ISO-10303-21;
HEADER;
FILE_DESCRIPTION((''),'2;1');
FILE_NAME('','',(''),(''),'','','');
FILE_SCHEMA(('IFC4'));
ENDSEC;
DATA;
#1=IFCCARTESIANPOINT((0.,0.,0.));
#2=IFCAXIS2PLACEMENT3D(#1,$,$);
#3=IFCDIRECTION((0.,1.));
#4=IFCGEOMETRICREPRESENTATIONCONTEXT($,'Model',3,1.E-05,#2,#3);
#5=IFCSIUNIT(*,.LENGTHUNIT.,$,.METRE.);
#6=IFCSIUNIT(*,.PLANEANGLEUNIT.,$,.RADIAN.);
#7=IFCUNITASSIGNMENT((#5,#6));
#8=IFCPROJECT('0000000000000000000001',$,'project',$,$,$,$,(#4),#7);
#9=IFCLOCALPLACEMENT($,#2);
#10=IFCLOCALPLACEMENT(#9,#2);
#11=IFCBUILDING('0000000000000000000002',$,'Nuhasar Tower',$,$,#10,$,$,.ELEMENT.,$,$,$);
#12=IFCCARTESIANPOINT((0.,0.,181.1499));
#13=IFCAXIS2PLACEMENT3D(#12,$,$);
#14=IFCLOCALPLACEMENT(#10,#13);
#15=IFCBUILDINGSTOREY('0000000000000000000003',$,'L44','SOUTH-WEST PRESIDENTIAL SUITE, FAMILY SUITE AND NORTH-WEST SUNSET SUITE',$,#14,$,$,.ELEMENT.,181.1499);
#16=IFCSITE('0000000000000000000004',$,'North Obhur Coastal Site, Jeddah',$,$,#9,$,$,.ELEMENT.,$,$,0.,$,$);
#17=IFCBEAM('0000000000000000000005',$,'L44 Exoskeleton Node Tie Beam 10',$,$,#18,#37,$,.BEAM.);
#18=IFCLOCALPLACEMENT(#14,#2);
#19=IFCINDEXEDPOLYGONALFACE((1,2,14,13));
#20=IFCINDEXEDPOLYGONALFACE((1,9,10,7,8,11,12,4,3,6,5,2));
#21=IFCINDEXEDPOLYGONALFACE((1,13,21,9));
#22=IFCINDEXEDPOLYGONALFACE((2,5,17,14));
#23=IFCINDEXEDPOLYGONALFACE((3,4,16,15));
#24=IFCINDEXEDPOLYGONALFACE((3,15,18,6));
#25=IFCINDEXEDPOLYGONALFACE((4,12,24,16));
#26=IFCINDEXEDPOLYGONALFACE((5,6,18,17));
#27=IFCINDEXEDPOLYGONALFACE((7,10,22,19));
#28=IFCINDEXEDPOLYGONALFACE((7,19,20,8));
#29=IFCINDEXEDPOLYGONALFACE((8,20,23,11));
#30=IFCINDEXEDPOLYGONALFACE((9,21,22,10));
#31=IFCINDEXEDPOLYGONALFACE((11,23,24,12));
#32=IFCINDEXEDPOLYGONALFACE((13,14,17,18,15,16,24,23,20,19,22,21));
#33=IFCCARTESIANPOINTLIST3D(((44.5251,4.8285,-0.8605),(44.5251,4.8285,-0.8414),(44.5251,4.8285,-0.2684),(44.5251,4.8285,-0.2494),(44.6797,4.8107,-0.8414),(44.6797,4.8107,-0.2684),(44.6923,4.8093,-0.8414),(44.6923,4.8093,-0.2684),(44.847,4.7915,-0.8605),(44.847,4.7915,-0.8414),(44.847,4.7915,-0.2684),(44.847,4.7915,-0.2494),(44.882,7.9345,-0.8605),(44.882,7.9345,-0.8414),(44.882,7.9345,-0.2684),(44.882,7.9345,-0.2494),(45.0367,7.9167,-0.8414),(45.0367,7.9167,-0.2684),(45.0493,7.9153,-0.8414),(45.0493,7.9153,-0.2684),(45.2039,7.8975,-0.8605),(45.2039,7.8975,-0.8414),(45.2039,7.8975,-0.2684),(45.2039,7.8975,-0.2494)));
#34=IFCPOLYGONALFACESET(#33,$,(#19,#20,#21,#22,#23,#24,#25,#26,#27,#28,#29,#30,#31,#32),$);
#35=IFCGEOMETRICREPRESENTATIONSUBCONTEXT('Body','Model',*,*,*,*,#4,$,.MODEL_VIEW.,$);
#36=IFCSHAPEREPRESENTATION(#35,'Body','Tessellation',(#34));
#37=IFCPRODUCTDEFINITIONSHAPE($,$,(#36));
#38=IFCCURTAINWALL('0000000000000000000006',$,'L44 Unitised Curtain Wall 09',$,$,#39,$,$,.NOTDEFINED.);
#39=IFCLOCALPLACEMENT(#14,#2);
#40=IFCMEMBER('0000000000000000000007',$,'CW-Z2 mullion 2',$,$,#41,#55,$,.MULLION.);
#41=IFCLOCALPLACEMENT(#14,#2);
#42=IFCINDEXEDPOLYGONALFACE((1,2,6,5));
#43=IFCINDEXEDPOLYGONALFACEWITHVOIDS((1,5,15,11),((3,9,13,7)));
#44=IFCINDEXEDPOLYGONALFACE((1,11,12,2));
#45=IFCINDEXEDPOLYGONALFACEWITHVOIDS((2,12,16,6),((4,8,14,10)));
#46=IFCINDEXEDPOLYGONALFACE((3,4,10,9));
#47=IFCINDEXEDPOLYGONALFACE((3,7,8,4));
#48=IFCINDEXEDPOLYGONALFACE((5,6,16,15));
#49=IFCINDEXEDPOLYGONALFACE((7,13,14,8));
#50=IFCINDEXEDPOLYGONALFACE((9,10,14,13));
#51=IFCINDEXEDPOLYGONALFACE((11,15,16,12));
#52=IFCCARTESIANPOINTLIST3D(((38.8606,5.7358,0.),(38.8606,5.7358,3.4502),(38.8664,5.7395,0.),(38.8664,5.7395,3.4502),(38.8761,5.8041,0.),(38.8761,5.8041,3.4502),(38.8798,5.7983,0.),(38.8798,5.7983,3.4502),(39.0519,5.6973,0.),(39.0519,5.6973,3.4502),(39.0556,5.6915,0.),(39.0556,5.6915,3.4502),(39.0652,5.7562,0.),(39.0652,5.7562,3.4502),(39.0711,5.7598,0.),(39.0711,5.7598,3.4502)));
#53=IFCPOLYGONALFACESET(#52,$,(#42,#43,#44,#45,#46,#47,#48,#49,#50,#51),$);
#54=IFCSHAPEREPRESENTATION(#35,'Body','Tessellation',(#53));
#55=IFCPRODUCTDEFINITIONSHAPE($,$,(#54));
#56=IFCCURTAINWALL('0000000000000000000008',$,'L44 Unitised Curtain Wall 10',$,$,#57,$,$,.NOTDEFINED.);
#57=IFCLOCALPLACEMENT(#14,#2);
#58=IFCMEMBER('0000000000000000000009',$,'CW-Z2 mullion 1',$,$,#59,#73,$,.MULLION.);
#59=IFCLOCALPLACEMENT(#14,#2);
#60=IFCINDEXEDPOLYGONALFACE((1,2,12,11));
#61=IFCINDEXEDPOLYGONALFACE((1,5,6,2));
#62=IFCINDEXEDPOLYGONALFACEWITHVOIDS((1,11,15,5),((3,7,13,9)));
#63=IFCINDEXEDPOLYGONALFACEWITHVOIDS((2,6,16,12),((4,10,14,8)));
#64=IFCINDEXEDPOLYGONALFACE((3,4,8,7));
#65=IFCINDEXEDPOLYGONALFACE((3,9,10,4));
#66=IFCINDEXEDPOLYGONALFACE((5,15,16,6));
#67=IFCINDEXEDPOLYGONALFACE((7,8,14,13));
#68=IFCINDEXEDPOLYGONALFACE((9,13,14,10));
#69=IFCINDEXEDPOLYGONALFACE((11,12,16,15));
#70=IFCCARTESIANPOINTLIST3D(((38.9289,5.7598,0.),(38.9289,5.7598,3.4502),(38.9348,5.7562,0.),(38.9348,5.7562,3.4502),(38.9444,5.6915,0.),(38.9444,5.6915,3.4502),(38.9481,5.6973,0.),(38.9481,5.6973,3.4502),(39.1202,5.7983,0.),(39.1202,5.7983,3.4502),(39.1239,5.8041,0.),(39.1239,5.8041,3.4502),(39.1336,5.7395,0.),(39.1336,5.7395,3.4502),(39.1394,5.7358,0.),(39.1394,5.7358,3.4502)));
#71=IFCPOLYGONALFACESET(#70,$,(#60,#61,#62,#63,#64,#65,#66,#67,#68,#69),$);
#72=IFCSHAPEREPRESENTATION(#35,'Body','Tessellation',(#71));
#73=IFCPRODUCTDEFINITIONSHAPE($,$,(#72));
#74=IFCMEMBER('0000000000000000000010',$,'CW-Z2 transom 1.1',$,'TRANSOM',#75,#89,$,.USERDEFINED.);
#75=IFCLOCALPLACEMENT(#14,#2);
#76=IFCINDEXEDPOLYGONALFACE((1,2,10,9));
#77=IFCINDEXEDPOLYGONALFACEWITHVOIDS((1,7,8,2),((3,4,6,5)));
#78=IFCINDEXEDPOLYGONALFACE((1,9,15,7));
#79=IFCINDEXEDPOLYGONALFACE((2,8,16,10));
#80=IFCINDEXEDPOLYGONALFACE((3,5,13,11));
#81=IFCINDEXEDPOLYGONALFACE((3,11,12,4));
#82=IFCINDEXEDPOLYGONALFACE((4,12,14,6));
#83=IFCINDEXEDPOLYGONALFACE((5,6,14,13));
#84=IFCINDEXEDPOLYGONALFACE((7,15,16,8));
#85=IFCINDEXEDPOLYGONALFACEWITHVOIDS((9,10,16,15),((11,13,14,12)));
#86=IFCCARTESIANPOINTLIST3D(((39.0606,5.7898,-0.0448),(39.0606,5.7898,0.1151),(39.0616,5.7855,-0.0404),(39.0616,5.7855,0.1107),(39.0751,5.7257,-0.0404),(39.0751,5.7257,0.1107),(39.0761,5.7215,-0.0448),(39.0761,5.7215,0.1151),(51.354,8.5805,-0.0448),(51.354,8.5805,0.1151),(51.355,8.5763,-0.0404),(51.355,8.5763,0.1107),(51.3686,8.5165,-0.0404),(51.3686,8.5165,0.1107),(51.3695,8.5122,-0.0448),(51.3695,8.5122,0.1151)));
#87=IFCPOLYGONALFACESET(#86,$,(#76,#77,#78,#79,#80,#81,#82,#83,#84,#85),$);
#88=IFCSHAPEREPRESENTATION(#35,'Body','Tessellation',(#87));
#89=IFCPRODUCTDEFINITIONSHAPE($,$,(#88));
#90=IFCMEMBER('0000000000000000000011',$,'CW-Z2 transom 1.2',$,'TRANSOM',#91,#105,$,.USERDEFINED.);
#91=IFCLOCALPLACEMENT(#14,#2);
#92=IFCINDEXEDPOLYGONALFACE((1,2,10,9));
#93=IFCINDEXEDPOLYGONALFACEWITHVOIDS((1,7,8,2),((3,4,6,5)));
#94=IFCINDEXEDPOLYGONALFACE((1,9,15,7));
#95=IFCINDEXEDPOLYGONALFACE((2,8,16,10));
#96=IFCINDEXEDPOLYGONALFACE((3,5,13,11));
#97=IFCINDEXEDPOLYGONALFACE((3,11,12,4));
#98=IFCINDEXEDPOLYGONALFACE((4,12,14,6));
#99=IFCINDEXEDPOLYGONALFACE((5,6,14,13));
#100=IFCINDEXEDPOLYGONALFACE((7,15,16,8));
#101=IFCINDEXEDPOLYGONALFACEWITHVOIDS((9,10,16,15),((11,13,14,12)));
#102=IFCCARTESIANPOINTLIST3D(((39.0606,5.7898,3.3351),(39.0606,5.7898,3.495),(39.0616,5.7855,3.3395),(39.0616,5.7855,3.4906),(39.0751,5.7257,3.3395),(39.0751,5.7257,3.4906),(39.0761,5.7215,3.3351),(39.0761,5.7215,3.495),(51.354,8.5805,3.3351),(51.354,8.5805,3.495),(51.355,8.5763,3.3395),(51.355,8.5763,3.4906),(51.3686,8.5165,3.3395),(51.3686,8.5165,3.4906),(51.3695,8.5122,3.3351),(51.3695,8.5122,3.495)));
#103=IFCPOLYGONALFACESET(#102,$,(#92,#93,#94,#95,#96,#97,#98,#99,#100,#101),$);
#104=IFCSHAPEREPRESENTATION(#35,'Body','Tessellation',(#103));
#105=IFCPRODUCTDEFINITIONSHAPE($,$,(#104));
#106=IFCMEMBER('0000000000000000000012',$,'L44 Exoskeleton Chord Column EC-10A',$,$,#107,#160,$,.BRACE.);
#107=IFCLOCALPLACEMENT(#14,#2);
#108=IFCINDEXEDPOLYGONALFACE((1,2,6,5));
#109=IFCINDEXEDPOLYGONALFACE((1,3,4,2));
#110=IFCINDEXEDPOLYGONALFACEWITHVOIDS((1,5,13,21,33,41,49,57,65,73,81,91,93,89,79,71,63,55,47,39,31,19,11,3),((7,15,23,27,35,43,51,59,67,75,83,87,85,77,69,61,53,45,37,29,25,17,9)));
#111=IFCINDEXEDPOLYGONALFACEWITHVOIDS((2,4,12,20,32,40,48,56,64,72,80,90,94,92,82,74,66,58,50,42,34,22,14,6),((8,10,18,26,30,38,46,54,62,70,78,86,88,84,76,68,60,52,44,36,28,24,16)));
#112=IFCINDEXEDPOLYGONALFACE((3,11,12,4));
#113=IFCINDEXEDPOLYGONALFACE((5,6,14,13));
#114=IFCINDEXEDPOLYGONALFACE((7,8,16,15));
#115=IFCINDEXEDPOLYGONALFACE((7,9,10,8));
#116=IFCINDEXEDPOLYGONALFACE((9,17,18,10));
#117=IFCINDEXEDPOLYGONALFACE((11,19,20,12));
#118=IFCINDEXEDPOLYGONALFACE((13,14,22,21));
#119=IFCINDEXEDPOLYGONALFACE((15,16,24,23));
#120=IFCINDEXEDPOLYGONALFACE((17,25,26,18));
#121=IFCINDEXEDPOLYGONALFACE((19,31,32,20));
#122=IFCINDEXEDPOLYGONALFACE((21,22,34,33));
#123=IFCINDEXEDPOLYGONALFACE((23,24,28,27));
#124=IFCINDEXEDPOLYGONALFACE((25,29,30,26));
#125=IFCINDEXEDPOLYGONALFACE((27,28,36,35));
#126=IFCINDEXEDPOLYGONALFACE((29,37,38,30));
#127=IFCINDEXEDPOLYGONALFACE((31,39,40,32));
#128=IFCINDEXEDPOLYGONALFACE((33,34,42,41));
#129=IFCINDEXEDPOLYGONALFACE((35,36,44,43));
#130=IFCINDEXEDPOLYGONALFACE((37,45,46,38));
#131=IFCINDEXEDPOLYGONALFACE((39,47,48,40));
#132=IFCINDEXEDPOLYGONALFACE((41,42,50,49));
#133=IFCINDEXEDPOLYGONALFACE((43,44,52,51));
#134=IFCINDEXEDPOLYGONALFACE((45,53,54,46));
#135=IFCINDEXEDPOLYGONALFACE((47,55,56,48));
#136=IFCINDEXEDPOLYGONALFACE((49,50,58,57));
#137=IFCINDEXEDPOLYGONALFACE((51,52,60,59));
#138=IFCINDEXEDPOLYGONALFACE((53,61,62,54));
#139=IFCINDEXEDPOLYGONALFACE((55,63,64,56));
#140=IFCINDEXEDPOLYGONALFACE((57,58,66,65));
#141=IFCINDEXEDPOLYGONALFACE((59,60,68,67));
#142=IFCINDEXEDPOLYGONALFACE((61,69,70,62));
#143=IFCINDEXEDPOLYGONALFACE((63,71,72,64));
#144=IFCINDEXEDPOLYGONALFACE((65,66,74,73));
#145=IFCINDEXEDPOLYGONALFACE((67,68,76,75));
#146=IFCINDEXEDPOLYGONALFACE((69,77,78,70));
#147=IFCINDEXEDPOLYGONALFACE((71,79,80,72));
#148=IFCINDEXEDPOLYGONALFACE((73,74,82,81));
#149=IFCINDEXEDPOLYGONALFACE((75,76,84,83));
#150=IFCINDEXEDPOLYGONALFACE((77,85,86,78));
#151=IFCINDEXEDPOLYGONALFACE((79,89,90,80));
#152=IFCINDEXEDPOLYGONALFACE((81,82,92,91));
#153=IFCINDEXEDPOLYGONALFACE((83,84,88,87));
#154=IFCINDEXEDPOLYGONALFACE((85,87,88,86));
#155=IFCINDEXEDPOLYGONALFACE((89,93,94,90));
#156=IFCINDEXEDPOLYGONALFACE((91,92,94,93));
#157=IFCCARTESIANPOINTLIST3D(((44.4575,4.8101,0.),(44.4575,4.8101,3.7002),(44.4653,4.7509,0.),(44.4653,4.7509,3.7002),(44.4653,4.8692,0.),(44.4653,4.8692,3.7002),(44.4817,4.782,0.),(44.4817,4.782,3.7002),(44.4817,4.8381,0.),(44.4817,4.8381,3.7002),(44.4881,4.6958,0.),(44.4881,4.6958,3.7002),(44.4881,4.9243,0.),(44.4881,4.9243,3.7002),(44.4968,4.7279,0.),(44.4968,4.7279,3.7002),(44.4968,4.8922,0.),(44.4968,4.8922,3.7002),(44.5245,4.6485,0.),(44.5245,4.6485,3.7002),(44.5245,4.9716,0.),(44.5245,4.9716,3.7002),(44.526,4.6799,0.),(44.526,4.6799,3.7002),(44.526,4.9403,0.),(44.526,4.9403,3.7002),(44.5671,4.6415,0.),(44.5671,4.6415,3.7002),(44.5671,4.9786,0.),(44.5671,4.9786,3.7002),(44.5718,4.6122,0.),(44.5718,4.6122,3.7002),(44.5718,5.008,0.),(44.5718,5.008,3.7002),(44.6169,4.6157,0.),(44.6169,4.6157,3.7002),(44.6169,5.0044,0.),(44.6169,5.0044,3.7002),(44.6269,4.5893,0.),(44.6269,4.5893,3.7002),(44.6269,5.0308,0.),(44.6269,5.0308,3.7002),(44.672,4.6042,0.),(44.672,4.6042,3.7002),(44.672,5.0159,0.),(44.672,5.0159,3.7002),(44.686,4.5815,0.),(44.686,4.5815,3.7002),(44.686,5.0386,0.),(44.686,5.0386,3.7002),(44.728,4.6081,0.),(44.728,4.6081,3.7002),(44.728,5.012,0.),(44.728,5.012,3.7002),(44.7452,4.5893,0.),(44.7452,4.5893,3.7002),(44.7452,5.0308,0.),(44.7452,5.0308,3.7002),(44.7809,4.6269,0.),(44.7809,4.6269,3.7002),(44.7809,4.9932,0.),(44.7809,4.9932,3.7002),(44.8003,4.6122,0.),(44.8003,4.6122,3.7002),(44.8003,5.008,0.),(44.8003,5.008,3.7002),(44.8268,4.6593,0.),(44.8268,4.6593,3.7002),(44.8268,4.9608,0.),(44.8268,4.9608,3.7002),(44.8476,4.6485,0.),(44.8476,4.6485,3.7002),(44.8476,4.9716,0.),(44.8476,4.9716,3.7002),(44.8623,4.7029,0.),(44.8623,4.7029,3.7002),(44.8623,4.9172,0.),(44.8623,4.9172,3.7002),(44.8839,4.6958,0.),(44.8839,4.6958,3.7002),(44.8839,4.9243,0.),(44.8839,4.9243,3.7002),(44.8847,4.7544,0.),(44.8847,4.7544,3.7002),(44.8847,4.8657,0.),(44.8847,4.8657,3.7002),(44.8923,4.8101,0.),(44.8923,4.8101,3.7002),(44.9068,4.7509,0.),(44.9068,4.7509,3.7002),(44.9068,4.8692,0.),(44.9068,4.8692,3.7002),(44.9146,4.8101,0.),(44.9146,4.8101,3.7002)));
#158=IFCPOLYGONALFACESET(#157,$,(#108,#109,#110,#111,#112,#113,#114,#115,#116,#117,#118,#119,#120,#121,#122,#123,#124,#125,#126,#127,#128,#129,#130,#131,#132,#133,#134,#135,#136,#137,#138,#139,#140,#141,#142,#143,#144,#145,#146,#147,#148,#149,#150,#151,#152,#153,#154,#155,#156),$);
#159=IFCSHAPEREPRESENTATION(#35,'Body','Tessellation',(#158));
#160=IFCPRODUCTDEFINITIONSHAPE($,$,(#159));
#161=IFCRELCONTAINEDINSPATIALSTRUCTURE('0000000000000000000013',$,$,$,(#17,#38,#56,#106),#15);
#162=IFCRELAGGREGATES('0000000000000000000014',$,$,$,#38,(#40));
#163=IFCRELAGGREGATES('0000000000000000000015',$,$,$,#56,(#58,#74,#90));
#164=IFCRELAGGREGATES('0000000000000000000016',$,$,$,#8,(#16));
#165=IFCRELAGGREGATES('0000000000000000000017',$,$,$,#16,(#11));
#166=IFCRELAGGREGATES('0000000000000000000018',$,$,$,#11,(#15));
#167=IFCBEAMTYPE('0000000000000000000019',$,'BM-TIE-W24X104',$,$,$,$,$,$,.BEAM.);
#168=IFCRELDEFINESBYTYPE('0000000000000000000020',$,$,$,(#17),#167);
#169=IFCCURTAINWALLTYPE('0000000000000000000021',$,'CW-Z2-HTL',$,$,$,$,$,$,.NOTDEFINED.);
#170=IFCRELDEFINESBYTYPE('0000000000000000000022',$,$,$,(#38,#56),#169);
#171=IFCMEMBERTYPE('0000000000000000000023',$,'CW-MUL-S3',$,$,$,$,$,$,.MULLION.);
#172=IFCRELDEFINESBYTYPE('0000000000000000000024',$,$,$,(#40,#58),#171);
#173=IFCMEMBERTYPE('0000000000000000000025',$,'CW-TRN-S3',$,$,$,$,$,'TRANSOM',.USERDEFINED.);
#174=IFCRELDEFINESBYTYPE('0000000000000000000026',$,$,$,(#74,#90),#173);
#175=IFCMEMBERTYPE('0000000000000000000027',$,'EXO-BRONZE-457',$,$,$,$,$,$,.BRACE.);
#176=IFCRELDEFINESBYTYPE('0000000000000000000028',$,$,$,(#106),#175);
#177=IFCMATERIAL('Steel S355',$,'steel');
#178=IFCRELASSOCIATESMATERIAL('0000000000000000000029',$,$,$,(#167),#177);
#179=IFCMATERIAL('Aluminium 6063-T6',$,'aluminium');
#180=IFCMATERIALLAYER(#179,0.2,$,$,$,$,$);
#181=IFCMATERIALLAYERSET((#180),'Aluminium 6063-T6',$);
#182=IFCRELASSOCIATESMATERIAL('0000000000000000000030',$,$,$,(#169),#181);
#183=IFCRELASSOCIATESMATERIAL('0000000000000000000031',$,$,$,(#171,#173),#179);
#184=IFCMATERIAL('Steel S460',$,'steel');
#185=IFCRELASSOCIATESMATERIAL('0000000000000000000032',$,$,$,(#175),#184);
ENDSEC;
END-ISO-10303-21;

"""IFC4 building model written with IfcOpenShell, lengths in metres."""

from ifc_helpers import new_model, si_unit, direction, frame, origin, origin_2d, place, context, subcontext, project, spatial, hollow_rectangle, hollow_circle, i_section, extrude, material, layer, layer_set, material_profile, profile_set, type_object, element, aggregate, save


model = new_model("IFC4")

# Units and contexts
model_context = context("Model", 3, precision=1e-05, world=origin(), true_north=direction((0.0, 1.0)))
body_context = subcontext(model_context, "Body", "Model", "MODEL_VIEW")
ifc_project = project(units=[si_unit("LENGTHUNIT", "METRE"), si_unit("PLANEANGLEUNIT", "RADIAN")], contexts=[model_context])

# Site, building, storey
site_placement = place(None, origin())
site = spatial("IfcSite", under=ifc_project, at=site_placement, Name="North Obhur Coastal Site, Jeddah", CompositionType="ELEMENT", RefElevation=0.0)
building_placement = place(site_placement, origin())
building = spatial("IfcBuilding", under=site, at=building_placement, Name="Nuhasar Tower", CompositionType="ELEMENT")
storey_placement = place(building_placement, frame((0.0, 0.0, 181.1499)))
storey = spatial("IfcBuildingStorey", under=building, at=storey_placement, Name="L44", Description="SOUTH-WEST PRESIDENTIAL SUITE, FAMILY SUITE AND NORTH-WEST SUNSET SUITE", CompositionType="ELEMENT", Elevation=181.1499)

# Beam
ifc_material_1 = material(Name="Steel S355", Category="steel")
ifc_material_profile_1 = material_profile(ifc_material_1, i_section(OverallWidth=0.324, OverallDepth=0.6111, WebThickness=0.0127, FlangeThickness=0.019, at=origin_2d()), Name="W24X104")
ifc_profile_set_1 = profile_set([ifc_material_profile_1], Name="Steel S355")
beam_type_1 = type_object("IfcBeamType", Name="BM-TIE-W24X104", PredefinedType="BEAM", material=ifc_profile_set_1)
beam_1_placement = place(storey_placement, frame((45.043, 7.916, -0.5549), z_axis=(-0.114168, -0.993461, 0.0), x_axis=(0.993461, -0.114168, 0.0)))
element("IfcBeam", 1, at=beam_1_placement, inside=storey, type_object=beam_type_1, Name="L44 Exoskeleton Node Tie Beam 10", PredefinedType="BEAM", context=body_context, shape_type="SweptSolid", body=[
    extrude(i_section(OverallWidth=0.324, OverallDepth=0.6111, WebThickness=0.0127, FlangeThickness=0.019, at=origin_2d()), origin(), (0.0, 0.0, 1.0), 3.1265),
])

# Curtain wall, member
ifc_material_2 = material(Name="Aluminium 6063-T6", Category="aluminium")
ifc_layer_1 = layer(ifc_material_2, 0.2)
ifc_layer_set_1 = layer_set([ifc_layer_1], Name="Aluminium 6063-T6")
curtain_wall_type = type_object("IfcCurtainWallType", Name="CW-Z2-HTL", PredefinedType="NOTDEFINED", material=ifc_layer_set_1)
curtain_wall_1_placement = place(storey_placement, origin())
curtain_wall_1 = element("IfcCurtainWall", 2, at=curtain_wall_1_placement, inside=storey, type_object=curtain_wall_type, Name="L44 Unitised Curtain Wall 09", PredefinedType="NOTDEFINED")
ifc_material_profile_2 = material_profile(ifc_material_2, hollow_rectangle(XDim=0.0701, YDim=0.2, WallThickness=0.0049, at=origin_2d()), Name="CWM-3")
ifc_profile_set_2 = profile_set([ifc_material_profile_2], Name="Aluminium 6063-T6")
member_type_1 = type_object("IfcMemberType", Name="CW-MUL-S3", PredefinedType="MULLION", material=ifc_profile_set_2)
member_1_placement = place(storey_placement, frame((38.9658, 5.7478, 0.0), z_axis=(0.0, 0.0, 1.0), x_axis=(0.221397, 0.975184, 0.0)))
member_1 = element("IfcMember", 3, at=member_1_placement, type_object=member_type_1, Name="CW-Z2 mullion 2", PredefinedType="MULLION", context=body_context, shape_type="SweptSolid", body=[
    extrude(hollow_rectangle(XDim=0.0701, YDim=0.2, WallThickness=0.0049, at=origin_2d()), origin(), (0.0, 0.0, 1.0), 3.4502),
])
aggregate(curtain_wall_1, [member_1])

# Curtain wall, members
curtain_wall_2_placement = place(storey_placement, origin())
curtain_wall_2 = element("IfcCurtainWall", 4, at=curtain_wall_2_placement, inside=storey, type_object=curtain_wall_type, Name="L44 Unitised Curtain Wall 10", PredefinedType="NOTDEFINED")
member_2_placement = place(storey_placement, frame((39.0342, 5.7478, 0.0), z_axis=(0.0, 0.0, 1.0), x_axis=(-0.221397, 0.975184, 0.0)))
member_2 = element("IfcMember", 5, at=member_2_placement, type_object=member_type_1, Name="CW-Z2 mullion 1", PredefinedType="MULLION", context=body_context, shape_type="SweptSolid", body=[
    extrude(hollow_rectangle(XDim=0.0701, YDim=0.2, WallThickness=0.0049, at=origin_2d()), origin(), (0.0, 0.0, 1.0), 3.4502),
])
ifc_material_profile_3 = material_profile(ifc_material_2, hollow_rectangle(XDim=0.0701, YDim=0.1599, WallThickness=0.0044, at=origin_2d()), Name="CWT-3")
ifc_profile_set_3 = profile_set([ifc_material_profile_3], Name="Aluminium 6063-T6")
member_type_2 = type_object("IfcMemberType", Name="CW-TRN-S3", ElementType="TRANSOM", PredefinedType="USERDEFINED", material=ifc_profile_set_3)
member_3_placement = place(storey_placement, frame((39.0684, 5.7556, 0.0352), z_axis=(0.975188, 0.22138, 0.0), x_axis=(-0.22138, 0.975188, 0.0)))
member_3 = element("IfcMember", 6, at=member_3_placement, type_object=member_type_2, Name="CW-Z2 transom 1.1", ObjectType="TRANSOM", PredefinedType="USERDEFINED", context=body_context, shape_type="SweptSolid", body=[
    extrude(hollow_rectangle(XDim=0.0701, YDim=0.1599, WallThickness=0.0044, at=origin_2d()), origin(), (0.0, 0.0, 1.0), 12.6062),
])
member_4_placement = place(storey_placement, frame((39.0684, 5.7556, 3.415), z_axis=(0.975188, 0.22138, 0.0), x_axis=(-0.22138, 0.975188, 0.0)))
member_4 = element("IfcMember", 7, at=member_4_placement, type_object=member_type_2, Name="CW-Z2 transom 1.2", ObjectType="TRANSOM", PredefinedType="USERDEFINED", context=body_context, shape_type="SweptSolid", body=[
    extrude(hollow_rectangle(XDim=0.0701, YDim=0.1599, WallThickness=0.0044, at=origin_2d()), origin(), (0.0, 0.0, 1.0), 12.6062),
])

# Member
ifc_material_3 = material(Name="Steel S460", Category="steel")
ifc_material_profile_4 = material_profile(ifc_material_3, hollow_circle(Radius=0.2285, WallThickness=0.0222, at=origin_2d()), Name="HSS457X22.2")
ifc_profile_set_4 = profile_set([ifc_material_profile_4], Name="Steel S460")
member_type_3 = type_object("IfcMemberType", Name="EXO-BRONZE-457", PredefinedType="BRACE", material=ifc_profile_set_4)
member_5_placement = place(storey_placement, frame((44.686, 4.8101, 0.0), z_axis=(0.0, 0.0, 1.0), x_axis=(1.0, 0.0, 0.0)))
element("IfcMember", 8, at=member_5_placement, inside=storey, type_object=member_type_3, Name="L44 Exoskeleton Chord Column EC-10A", PredefinedType="BRACE", context=body_context, shape_type="SweptSolid", body=[
    extrude(hollow_circle(Radius=0.2285, WallThickness=0.0222, at=origin_2d()), origin(), (0.0, 0.0, 1.0), 3.7002),
])

aggregate(curtain_wall_2, [member_2, member_3, member_4])

save(model, "model.ifc")
